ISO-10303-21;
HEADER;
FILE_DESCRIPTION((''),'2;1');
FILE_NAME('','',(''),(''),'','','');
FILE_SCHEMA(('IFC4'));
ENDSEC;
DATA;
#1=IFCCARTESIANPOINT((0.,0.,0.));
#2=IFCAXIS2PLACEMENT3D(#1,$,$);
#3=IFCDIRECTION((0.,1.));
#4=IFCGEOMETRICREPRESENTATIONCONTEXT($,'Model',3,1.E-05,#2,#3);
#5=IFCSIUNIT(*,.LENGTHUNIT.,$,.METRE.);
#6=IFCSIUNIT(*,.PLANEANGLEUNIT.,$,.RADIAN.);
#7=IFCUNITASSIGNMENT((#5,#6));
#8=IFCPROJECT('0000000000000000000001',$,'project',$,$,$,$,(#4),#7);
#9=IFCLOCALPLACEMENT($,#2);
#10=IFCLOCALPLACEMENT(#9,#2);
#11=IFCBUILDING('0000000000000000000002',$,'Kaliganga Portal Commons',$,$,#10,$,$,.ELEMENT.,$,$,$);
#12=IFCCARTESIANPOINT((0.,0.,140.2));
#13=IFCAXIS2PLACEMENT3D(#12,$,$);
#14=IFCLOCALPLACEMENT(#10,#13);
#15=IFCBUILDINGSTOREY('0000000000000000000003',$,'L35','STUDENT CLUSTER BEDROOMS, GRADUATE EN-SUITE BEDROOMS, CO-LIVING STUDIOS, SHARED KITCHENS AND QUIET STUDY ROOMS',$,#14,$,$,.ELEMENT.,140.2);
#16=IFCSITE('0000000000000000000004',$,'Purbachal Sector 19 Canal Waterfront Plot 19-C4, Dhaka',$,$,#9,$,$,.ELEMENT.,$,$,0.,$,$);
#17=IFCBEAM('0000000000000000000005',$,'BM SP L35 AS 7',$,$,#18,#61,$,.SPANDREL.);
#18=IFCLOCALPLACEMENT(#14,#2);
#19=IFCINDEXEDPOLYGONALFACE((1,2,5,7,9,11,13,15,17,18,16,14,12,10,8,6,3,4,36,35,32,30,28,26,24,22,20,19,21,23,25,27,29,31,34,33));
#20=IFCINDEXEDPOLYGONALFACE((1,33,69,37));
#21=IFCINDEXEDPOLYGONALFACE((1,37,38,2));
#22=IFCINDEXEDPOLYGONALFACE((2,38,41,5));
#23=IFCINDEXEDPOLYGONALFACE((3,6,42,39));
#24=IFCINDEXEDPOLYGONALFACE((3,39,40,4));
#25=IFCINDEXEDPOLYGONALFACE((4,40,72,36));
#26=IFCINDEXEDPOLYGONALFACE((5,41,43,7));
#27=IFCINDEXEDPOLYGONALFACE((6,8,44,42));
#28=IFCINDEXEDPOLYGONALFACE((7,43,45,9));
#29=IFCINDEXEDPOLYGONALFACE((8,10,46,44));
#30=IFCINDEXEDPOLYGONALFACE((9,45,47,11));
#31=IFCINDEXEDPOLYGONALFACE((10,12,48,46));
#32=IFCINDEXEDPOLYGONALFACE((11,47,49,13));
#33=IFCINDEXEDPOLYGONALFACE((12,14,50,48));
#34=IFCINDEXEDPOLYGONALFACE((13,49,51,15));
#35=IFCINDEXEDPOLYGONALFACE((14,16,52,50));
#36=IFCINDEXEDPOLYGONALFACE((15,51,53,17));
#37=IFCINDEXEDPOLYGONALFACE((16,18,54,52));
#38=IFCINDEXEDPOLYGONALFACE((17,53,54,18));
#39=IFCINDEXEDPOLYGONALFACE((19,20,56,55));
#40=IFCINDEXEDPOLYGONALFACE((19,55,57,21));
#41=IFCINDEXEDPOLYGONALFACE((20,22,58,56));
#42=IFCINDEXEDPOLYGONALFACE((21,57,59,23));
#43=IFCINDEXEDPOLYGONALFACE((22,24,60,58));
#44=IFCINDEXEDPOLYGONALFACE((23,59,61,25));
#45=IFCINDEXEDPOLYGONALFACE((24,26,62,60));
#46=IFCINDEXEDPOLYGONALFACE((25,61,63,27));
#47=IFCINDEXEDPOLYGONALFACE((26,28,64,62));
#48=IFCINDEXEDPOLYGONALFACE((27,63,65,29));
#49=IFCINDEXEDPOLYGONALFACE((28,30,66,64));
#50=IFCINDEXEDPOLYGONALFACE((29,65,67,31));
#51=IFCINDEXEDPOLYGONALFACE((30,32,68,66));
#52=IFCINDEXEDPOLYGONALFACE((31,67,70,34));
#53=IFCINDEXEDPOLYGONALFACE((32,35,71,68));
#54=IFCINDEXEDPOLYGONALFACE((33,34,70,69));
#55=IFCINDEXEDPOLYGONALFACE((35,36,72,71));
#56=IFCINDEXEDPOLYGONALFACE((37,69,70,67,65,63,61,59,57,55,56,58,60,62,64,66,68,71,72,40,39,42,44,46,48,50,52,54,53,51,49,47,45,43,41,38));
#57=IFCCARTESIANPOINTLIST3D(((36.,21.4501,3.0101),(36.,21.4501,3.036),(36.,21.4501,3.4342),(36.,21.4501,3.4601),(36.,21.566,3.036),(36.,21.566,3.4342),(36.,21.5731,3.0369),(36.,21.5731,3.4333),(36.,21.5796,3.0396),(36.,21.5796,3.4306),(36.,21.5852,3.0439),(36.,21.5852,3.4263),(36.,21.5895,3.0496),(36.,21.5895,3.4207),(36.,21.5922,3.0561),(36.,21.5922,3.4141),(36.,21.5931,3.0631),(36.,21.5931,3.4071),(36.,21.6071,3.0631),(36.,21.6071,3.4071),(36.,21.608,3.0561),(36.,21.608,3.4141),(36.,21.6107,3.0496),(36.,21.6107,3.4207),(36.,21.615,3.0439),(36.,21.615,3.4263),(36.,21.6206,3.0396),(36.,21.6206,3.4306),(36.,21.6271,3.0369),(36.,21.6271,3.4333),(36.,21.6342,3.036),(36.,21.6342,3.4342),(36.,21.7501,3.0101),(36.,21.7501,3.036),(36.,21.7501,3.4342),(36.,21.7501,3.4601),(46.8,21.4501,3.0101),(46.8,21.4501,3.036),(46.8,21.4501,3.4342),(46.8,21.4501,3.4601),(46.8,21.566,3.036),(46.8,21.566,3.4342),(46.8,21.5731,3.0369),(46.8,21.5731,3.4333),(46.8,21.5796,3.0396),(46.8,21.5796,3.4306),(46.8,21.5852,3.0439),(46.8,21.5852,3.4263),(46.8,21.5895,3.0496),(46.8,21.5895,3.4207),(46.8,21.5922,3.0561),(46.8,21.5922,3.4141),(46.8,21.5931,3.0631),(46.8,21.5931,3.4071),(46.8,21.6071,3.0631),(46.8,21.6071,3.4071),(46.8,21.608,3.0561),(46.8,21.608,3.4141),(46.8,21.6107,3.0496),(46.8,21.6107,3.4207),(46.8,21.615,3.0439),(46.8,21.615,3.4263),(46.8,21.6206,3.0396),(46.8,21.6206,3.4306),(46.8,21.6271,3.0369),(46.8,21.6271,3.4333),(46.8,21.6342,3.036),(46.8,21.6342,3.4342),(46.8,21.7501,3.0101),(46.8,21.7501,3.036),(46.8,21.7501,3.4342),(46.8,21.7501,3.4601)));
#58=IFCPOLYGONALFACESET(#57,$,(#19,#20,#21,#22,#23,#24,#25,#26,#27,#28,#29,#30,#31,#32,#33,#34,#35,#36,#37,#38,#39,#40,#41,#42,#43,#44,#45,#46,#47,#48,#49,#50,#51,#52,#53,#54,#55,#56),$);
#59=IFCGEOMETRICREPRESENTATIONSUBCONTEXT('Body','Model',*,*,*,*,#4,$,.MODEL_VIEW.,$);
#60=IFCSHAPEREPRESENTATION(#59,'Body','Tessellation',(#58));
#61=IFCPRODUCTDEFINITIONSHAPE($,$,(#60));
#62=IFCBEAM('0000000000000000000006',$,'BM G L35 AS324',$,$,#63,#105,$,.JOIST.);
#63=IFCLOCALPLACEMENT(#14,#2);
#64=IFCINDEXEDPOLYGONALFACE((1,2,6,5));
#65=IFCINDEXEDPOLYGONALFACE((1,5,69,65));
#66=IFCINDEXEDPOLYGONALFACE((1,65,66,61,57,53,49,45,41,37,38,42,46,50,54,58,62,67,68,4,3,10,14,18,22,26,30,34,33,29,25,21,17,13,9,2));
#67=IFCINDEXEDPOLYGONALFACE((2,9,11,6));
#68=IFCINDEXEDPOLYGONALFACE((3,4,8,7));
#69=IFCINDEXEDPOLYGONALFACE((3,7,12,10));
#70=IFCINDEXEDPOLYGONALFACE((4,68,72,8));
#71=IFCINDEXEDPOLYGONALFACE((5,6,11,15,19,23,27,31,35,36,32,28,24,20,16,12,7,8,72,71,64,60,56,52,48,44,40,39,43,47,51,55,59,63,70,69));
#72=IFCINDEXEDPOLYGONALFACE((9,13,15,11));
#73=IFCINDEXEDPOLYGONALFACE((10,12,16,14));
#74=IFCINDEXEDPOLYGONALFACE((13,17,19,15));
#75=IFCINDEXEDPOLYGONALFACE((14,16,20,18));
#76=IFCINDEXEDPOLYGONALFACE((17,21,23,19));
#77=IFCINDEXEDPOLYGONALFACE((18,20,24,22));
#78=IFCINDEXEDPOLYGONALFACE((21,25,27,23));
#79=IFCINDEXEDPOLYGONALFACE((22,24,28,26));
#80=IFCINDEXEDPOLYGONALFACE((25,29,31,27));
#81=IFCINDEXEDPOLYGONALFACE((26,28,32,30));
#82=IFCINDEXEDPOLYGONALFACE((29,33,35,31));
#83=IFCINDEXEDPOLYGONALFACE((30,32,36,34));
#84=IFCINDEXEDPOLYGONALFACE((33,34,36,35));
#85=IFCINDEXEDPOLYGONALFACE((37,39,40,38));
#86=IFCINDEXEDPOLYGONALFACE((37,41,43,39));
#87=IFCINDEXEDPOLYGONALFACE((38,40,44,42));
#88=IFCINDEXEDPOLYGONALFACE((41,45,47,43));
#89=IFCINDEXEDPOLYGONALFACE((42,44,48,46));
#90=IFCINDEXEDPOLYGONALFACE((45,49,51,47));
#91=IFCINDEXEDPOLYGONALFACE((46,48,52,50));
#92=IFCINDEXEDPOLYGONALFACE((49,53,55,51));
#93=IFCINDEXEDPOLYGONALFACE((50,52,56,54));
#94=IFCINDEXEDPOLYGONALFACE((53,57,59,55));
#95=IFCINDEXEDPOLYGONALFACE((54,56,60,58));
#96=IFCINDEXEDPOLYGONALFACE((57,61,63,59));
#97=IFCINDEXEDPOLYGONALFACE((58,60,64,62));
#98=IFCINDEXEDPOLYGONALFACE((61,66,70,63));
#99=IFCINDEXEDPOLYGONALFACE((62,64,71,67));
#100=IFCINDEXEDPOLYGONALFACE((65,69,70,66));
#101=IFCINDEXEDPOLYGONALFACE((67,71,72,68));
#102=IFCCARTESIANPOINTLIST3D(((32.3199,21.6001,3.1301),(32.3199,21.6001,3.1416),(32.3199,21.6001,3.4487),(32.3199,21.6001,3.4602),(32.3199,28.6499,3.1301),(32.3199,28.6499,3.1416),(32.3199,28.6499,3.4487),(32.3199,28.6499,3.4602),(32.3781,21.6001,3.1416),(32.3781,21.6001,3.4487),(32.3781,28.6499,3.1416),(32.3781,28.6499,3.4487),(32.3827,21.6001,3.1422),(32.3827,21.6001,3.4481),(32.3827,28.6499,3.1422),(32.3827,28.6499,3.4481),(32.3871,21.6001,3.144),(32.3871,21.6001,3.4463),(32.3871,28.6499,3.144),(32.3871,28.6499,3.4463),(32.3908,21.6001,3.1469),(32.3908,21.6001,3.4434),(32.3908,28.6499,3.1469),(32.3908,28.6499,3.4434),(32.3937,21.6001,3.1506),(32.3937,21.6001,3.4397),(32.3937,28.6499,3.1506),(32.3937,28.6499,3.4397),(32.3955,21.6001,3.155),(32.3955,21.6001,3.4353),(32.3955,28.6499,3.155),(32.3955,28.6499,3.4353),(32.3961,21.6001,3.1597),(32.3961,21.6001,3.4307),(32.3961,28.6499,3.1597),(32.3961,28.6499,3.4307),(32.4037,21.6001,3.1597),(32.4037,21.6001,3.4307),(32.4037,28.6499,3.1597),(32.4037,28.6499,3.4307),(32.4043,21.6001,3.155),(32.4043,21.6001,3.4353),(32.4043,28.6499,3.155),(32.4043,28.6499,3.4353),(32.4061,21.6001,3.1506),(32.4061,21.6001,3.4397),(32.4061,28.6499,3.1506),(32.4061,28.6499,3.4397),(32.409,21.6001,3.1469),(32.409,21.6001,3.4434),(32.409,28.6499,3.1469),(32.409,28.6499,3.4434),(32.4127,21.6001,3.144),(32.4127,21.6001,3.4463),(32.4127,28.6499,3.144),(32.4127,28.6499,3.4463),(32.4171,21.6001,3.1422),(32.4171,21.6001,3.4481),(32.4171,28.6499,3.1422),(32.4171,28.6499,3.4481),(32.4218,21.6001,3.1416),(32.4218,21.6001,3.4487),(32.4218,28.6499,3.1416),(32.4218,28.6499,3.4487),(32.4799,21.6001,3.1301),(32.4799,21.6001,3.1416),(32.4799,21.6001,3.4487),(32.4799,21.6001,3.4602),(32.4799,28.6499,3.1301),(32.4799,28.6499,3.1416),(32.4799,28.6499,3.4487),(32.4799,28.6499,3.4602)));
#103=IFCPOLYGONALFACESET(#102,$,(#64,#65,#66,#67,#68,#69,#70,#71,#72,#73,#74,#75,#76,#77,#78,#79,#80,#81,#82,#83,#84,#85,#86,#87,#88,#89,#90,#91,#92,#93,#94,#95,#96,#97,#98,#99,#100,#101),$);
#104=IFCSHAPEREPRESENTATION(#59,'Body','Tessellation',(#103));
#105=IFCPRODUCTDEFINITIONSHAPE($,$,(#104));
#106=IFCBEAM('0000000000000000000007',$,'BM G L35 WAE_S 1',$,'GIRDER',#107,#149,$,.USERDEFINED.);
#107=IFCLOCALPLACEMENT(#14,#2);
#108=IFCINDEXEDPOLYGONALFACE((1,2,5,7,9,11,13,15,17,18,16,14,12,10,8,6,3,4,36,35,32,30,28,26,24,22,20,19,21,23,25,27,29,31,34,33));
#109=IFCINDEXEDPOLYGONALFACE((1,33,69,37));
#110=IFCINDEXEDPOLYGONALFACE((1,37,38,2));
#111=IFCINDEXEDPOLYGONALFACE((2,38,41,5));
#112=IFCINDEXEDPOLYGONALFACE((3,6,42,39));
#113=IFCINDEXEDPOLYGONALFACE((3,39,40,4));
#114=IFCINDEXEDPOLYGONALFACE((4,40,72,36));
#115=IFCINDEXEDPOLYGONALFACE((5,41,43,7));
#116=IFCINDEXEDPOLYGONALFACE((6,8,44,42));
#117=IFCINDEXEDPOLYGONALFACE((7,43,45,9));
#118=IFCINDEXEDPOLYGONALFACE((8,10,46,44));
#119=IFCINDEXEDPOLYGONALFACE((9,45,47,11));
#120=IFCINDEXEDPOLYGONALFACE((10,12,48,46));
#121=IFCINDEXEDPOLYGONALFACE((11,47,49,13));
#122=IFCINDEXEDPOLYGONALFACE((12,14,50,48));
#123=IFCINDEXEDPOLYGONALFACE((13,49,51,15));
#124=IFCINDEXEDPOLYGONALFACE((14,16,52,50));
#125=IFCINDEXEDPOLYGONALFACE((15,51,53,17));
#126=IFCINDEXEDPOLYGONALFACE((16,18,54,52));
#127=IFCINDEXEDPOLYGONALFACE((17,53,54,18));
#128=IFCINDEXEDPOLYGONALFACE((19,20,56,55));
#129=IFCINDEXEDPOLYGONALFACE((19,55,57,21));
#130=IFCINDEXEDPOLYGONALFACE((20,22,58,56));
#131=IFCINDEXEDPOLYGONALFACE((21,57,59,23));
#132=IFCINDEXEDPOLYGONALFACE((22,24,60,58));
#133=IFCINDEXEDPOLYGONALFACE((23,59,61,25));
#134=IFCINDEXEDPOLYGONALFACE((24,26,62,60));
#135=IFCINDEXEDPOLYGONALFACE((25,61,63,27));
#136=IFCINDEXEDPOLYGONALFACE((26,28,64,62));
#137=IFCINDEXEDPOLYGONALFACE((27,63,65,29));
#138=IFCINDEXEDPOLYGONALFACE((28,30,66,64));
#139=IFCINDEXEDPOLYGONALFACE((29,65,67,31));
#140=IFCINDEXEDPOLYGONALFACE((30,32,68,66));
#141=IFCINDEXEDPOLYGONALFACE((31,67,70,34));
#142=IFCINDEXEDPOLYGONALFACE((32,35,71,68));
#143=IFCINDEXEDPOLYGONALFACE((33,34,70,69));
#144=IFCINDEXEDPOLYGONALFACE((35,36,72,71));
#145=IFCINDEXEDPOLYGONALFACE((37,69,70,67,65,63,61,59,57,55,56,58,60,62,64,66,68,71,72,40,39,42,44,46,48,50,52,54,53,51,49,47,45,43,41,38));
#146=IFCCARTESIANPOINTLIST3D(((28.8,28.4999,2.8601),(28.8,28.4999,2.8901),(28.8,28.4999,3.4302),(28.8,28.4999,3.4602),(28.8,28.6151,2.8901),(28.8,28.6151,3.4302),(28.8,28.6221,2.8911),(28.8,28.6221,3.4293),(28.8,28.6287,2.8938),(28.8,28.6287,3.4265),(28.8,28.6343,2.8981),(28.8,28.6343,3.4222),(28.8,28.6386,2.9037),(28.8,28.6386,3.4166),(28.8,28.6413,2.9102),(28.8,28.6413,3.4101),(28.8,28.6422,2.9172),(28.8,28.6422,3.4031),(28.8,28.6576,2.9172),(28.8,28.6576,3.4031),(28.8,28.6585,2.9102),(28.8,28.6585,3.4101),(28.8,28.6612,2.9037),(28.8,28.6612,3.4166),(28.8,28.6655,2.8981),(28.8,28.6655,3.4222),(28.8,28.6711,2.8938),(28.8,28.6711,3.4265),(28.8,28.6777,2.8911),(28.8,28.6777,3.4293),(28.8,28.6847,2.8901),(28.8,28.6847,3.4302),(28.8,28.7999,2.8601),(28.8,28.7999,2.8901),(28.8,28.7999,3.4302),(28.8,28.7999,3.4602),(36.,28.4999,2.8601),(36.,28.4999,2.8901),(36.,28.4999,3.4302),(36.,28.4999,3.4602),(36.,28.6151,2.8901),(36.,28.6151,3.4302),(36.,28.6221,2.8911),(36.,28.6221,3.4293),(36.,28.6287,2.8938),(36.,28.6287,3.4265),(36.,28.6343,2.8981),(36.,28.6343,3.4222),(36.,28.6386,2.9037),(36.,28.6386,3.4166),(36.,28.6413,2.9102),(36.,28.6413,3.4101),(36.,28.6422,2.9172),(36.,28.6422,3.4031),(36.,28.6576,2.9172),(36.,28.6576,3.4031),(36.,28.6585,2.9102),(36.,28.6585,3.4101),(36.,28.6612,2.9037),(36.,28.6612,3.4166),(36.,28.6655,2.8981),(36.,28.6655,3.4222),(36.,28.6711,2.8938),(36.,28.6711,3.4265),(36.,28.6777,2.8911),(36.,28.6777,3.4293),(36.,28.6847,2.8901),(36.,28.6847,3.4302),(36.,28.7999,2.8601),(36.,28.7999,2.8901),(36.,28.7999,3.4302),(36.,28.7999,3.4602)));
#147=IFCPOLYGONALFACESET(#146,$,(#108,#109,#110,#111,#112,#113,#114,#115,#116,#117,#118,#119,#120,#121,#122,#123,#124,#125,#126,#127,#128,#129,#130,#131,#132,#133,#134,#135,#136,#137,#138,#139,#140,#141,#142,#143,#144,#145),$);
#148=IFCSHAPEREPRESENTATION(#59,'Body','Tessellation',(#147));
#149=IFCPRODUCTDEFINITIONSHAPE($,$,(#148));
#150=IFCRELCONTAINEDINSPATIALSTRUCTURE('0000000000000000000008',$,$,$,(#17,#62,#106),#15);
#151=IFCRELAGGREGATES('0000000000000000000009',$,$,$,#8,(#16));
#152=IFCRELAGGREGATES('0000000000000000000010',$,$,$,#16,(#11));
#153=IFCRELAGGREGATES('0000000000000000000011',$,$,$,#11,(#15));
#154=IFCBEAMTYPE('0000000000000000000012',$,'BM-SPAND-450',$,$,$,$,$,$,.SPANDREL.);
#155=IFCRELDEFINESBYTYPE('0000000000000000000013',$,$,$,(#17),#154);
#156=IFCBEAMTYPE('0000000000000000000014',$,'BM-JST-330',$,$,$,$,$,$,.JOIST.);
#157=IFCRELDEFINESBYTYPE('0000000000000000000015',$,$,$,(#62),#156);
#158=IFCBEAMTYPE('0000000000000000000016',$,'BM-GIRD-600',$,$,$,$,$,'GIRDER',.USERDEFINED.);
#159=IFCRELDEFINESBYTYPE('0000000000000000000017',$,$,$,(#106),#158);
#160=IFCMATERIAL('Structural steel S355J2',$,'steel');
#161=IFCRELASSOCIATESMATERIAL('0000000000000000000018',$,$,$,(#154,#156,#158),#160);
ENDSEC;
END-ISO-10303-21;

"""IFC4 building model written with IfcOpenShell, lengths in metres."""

from ifc_helpers import new_model, si_unit, direction, frame, origin, origin_2d, place, context, subcontext, project, spatial, i_section, extrude, source, transform, mapped, material, material_profile, profile_set, type_object, element, save


model = new_model("IFC4")

# Units and contexts
model_context = context("Model", 3, precision=1e-05, world=origin(), true_north=direction((0.0, 1.0)))
body_context = subcontext(model_context, "Body", "Model", "MODEL_VIEW")
ifc_project = project(units=[si_unit("LENGTHUNIT", "METRE"), si_unit("PLANEANGLEUNIT", "RADIAN")], contexts=[model_context])

# Site, building, storey
site_placement = place(None, origin())
site = spatial("IfcSite", under=ifc_project, at=site_placement, Name="Purbachal Sector 19 Canal Waterfront Plot 19-C4, Dhaka", CompositionType="ELEMENT", RefElevation=0.0)
building_placement = place(site_placement, origin())
building = spatial("IfcBuilding", under=site, at=building_placement, Name="Kaliganga Portal Commons", CompositionType="ELEMENT")
storey_placement = place(building_placement, frame((0.0, 0.0, 140.2)))
storey = spatial("IfcBuildingStorey", under=building, at=storey_placement, Name="L35", Description="STUDENT CLUSTER BEDROOMS, GRADUATE EN-SUITE BEDROOMS, CO-LIVING STUDIOS, SHARED KITCHENS AND QUIET STUDY ROOMS", CompositionType="ELEMENT", Elevation=140.2)

# Beams
ifc_material_1 = material(Name="Structural steel S355J2", Category="steel")
ifc_material_profile_1 = material_profile(ifc_material_1, i_section(OverallWidth=0.3, OverallDepth=0.45, WebThickness=0.0139, FlangeThickness=0.0259, FilletRadius=0.0271, at=origin_2d()), Name="HE 450 B")
ifc_profile_set_1 = profile_set([ifc_material_profile_1], Name="Structural steel S355J2 wide-flange")
beam_type_1 = type_object("IfcBeamType", Name="BM-SPAND-450", PredefinedType="SPANDREL", material=ifc_profile_set_1)
shared_shape_1 = source(origin(), body_context, "Body", "SweptSolid", [
    extrude(i_section(OverallWidth=0.3, OverallDepth=0.45, WebThickness=0.0139, FlangeThickness=0.0259, FilletRadius=0.0271, at=origin_2d()), origin(), (0.0, 0.0, 1.0), 10.8),
])
beam_1_placement = place(storey_placement, frame((36.0, 21.6001, 3.2351), z_axis=(1.0, 0.0, 0.0), x_axis=(0.0, 1.0, 0.0)))
element("IfcBeam", 1, at=beam_1_placement, inside=storey, type_object=beam_type_1, Name="BM SP L35 AS 7", PredefinedType="SPANDREL", context=body_context, shape_type="MappedRepresentation", body=[
    mapped(shared_shape_1, transform((0.0, 0.0, 0.0), x_axis=(1.0, 0.0, 0.0), y_axis=(0.0, 1.0, 0.0), z_axis=(0.0, 0.0, 1.0), scale=1.0)),
])
ifc_material_profile_2 = material_profile(ifc_material_1, i_section(OverallWidth=0.1599, OverallDepth=0.3301, WebThickness=0.0076, FlangeThickness=0.0115, FilletRadius=0.0181, at=origin_2d()), Name="IPE 330")
ifc_profile_set_2 = profile_set([ifc_material_profile_2], Name="Structural steel S355J2 wide-flange")
beam_type_2 = type_object("IfcBeamType", Name="BM-JST-330", PredefinedType="JOIST", material=ifc_profile_set_2)
shared_shape_2 = source(origin(), body_context, "Body", "SweptSolid", [
    extrude(i_section(OverallWidth=0.1599, OverallDepth=0.3301, WebThickness=0.0076, FlangeThickness=0.0115, FilletRadius=0.0181, at=origin_2d()), origin(), (0.0, 0.0, 1.0), 7.0498),
])
beam_2_placement = place(storey_placement, frame((32.3999, 21.6001, 3.2952), z_axis=(0.0, 1.0, 0.0), x_axis=(-1.0, 0.0, 0.0)))
element("IfcBeam", 2, at=beam_2_placement, inside=storey, type_object=beam_type_2, Name="BM G L35 AS324", PredefinedType="JOIST", context=body_context, shape_type="MappedRepresentation", body=[
    mapped(shared_shape_2, transform((0.0, 0.0, 0.0), x_axis=(1.0, 0.0, 0.0), y_axis=(0.0, 1.0, 0.0), z_axis=(0.0, 0.0, 1.0), scale=1.0)),
])
ifc_material_profile_3 = material_profile(ifc_material_1, i_section(OverallWidth=0.3, OverallDepth=0.6001, WebThickness=0.0154, FlangeThickness=0.03, FilletRadius=0.0271, at=origin_2d()), Name="HE 600 B")
ifc_profile_set_3 = profile_set([ifc_material_profile_3], Name="Structural steel S355J2 wide-flange")
beam_type_3 = type_object("IfcBeamType", Name="BM-GIRD-600", ElementType="GIRDER", PredefinedType="USERDEFINED", material=ifc_profile_set_3)
shared_shape_3 = source(origin(), body_context, "Body", "SweptSolid", [
    extrude(i_section(OverallWidth=0.3, OverallDepth=0.6001, WebThickness=0.0154, FlangeThickness=0.03, FilletRadius=0.0271, at=origin_2d()), origin(), (0.0, 0.0, 1.0), 7.2),
])
beam_3_placement = place(storey_placement, frame((28.8, 28.6499, 3.1602), z_axis=(1.0, 0.0, 0.0), x_axis=(0.0, 1.0, 0.0)))
element("IfcBeam", 3, at=beam_3_placement, inside=storey, type_object=beam_type_3, Name="BM G L35 WAE_S 1", ObjectType="GIRDER", PredefinedType="USERDEFINED", context=body_context, shape_type="MappedRepresentation", body=[
    mapped(shared_shape_3, transform((0.0, 0.0, 0.0), x_axis=(1.0, 0.0, 0.0), y_axis=(0.0, 1.0, 0.0), z_axis=(0.0, 0.0, 1.0), scale=1.0)),
])

save(model, "model.ifc")
